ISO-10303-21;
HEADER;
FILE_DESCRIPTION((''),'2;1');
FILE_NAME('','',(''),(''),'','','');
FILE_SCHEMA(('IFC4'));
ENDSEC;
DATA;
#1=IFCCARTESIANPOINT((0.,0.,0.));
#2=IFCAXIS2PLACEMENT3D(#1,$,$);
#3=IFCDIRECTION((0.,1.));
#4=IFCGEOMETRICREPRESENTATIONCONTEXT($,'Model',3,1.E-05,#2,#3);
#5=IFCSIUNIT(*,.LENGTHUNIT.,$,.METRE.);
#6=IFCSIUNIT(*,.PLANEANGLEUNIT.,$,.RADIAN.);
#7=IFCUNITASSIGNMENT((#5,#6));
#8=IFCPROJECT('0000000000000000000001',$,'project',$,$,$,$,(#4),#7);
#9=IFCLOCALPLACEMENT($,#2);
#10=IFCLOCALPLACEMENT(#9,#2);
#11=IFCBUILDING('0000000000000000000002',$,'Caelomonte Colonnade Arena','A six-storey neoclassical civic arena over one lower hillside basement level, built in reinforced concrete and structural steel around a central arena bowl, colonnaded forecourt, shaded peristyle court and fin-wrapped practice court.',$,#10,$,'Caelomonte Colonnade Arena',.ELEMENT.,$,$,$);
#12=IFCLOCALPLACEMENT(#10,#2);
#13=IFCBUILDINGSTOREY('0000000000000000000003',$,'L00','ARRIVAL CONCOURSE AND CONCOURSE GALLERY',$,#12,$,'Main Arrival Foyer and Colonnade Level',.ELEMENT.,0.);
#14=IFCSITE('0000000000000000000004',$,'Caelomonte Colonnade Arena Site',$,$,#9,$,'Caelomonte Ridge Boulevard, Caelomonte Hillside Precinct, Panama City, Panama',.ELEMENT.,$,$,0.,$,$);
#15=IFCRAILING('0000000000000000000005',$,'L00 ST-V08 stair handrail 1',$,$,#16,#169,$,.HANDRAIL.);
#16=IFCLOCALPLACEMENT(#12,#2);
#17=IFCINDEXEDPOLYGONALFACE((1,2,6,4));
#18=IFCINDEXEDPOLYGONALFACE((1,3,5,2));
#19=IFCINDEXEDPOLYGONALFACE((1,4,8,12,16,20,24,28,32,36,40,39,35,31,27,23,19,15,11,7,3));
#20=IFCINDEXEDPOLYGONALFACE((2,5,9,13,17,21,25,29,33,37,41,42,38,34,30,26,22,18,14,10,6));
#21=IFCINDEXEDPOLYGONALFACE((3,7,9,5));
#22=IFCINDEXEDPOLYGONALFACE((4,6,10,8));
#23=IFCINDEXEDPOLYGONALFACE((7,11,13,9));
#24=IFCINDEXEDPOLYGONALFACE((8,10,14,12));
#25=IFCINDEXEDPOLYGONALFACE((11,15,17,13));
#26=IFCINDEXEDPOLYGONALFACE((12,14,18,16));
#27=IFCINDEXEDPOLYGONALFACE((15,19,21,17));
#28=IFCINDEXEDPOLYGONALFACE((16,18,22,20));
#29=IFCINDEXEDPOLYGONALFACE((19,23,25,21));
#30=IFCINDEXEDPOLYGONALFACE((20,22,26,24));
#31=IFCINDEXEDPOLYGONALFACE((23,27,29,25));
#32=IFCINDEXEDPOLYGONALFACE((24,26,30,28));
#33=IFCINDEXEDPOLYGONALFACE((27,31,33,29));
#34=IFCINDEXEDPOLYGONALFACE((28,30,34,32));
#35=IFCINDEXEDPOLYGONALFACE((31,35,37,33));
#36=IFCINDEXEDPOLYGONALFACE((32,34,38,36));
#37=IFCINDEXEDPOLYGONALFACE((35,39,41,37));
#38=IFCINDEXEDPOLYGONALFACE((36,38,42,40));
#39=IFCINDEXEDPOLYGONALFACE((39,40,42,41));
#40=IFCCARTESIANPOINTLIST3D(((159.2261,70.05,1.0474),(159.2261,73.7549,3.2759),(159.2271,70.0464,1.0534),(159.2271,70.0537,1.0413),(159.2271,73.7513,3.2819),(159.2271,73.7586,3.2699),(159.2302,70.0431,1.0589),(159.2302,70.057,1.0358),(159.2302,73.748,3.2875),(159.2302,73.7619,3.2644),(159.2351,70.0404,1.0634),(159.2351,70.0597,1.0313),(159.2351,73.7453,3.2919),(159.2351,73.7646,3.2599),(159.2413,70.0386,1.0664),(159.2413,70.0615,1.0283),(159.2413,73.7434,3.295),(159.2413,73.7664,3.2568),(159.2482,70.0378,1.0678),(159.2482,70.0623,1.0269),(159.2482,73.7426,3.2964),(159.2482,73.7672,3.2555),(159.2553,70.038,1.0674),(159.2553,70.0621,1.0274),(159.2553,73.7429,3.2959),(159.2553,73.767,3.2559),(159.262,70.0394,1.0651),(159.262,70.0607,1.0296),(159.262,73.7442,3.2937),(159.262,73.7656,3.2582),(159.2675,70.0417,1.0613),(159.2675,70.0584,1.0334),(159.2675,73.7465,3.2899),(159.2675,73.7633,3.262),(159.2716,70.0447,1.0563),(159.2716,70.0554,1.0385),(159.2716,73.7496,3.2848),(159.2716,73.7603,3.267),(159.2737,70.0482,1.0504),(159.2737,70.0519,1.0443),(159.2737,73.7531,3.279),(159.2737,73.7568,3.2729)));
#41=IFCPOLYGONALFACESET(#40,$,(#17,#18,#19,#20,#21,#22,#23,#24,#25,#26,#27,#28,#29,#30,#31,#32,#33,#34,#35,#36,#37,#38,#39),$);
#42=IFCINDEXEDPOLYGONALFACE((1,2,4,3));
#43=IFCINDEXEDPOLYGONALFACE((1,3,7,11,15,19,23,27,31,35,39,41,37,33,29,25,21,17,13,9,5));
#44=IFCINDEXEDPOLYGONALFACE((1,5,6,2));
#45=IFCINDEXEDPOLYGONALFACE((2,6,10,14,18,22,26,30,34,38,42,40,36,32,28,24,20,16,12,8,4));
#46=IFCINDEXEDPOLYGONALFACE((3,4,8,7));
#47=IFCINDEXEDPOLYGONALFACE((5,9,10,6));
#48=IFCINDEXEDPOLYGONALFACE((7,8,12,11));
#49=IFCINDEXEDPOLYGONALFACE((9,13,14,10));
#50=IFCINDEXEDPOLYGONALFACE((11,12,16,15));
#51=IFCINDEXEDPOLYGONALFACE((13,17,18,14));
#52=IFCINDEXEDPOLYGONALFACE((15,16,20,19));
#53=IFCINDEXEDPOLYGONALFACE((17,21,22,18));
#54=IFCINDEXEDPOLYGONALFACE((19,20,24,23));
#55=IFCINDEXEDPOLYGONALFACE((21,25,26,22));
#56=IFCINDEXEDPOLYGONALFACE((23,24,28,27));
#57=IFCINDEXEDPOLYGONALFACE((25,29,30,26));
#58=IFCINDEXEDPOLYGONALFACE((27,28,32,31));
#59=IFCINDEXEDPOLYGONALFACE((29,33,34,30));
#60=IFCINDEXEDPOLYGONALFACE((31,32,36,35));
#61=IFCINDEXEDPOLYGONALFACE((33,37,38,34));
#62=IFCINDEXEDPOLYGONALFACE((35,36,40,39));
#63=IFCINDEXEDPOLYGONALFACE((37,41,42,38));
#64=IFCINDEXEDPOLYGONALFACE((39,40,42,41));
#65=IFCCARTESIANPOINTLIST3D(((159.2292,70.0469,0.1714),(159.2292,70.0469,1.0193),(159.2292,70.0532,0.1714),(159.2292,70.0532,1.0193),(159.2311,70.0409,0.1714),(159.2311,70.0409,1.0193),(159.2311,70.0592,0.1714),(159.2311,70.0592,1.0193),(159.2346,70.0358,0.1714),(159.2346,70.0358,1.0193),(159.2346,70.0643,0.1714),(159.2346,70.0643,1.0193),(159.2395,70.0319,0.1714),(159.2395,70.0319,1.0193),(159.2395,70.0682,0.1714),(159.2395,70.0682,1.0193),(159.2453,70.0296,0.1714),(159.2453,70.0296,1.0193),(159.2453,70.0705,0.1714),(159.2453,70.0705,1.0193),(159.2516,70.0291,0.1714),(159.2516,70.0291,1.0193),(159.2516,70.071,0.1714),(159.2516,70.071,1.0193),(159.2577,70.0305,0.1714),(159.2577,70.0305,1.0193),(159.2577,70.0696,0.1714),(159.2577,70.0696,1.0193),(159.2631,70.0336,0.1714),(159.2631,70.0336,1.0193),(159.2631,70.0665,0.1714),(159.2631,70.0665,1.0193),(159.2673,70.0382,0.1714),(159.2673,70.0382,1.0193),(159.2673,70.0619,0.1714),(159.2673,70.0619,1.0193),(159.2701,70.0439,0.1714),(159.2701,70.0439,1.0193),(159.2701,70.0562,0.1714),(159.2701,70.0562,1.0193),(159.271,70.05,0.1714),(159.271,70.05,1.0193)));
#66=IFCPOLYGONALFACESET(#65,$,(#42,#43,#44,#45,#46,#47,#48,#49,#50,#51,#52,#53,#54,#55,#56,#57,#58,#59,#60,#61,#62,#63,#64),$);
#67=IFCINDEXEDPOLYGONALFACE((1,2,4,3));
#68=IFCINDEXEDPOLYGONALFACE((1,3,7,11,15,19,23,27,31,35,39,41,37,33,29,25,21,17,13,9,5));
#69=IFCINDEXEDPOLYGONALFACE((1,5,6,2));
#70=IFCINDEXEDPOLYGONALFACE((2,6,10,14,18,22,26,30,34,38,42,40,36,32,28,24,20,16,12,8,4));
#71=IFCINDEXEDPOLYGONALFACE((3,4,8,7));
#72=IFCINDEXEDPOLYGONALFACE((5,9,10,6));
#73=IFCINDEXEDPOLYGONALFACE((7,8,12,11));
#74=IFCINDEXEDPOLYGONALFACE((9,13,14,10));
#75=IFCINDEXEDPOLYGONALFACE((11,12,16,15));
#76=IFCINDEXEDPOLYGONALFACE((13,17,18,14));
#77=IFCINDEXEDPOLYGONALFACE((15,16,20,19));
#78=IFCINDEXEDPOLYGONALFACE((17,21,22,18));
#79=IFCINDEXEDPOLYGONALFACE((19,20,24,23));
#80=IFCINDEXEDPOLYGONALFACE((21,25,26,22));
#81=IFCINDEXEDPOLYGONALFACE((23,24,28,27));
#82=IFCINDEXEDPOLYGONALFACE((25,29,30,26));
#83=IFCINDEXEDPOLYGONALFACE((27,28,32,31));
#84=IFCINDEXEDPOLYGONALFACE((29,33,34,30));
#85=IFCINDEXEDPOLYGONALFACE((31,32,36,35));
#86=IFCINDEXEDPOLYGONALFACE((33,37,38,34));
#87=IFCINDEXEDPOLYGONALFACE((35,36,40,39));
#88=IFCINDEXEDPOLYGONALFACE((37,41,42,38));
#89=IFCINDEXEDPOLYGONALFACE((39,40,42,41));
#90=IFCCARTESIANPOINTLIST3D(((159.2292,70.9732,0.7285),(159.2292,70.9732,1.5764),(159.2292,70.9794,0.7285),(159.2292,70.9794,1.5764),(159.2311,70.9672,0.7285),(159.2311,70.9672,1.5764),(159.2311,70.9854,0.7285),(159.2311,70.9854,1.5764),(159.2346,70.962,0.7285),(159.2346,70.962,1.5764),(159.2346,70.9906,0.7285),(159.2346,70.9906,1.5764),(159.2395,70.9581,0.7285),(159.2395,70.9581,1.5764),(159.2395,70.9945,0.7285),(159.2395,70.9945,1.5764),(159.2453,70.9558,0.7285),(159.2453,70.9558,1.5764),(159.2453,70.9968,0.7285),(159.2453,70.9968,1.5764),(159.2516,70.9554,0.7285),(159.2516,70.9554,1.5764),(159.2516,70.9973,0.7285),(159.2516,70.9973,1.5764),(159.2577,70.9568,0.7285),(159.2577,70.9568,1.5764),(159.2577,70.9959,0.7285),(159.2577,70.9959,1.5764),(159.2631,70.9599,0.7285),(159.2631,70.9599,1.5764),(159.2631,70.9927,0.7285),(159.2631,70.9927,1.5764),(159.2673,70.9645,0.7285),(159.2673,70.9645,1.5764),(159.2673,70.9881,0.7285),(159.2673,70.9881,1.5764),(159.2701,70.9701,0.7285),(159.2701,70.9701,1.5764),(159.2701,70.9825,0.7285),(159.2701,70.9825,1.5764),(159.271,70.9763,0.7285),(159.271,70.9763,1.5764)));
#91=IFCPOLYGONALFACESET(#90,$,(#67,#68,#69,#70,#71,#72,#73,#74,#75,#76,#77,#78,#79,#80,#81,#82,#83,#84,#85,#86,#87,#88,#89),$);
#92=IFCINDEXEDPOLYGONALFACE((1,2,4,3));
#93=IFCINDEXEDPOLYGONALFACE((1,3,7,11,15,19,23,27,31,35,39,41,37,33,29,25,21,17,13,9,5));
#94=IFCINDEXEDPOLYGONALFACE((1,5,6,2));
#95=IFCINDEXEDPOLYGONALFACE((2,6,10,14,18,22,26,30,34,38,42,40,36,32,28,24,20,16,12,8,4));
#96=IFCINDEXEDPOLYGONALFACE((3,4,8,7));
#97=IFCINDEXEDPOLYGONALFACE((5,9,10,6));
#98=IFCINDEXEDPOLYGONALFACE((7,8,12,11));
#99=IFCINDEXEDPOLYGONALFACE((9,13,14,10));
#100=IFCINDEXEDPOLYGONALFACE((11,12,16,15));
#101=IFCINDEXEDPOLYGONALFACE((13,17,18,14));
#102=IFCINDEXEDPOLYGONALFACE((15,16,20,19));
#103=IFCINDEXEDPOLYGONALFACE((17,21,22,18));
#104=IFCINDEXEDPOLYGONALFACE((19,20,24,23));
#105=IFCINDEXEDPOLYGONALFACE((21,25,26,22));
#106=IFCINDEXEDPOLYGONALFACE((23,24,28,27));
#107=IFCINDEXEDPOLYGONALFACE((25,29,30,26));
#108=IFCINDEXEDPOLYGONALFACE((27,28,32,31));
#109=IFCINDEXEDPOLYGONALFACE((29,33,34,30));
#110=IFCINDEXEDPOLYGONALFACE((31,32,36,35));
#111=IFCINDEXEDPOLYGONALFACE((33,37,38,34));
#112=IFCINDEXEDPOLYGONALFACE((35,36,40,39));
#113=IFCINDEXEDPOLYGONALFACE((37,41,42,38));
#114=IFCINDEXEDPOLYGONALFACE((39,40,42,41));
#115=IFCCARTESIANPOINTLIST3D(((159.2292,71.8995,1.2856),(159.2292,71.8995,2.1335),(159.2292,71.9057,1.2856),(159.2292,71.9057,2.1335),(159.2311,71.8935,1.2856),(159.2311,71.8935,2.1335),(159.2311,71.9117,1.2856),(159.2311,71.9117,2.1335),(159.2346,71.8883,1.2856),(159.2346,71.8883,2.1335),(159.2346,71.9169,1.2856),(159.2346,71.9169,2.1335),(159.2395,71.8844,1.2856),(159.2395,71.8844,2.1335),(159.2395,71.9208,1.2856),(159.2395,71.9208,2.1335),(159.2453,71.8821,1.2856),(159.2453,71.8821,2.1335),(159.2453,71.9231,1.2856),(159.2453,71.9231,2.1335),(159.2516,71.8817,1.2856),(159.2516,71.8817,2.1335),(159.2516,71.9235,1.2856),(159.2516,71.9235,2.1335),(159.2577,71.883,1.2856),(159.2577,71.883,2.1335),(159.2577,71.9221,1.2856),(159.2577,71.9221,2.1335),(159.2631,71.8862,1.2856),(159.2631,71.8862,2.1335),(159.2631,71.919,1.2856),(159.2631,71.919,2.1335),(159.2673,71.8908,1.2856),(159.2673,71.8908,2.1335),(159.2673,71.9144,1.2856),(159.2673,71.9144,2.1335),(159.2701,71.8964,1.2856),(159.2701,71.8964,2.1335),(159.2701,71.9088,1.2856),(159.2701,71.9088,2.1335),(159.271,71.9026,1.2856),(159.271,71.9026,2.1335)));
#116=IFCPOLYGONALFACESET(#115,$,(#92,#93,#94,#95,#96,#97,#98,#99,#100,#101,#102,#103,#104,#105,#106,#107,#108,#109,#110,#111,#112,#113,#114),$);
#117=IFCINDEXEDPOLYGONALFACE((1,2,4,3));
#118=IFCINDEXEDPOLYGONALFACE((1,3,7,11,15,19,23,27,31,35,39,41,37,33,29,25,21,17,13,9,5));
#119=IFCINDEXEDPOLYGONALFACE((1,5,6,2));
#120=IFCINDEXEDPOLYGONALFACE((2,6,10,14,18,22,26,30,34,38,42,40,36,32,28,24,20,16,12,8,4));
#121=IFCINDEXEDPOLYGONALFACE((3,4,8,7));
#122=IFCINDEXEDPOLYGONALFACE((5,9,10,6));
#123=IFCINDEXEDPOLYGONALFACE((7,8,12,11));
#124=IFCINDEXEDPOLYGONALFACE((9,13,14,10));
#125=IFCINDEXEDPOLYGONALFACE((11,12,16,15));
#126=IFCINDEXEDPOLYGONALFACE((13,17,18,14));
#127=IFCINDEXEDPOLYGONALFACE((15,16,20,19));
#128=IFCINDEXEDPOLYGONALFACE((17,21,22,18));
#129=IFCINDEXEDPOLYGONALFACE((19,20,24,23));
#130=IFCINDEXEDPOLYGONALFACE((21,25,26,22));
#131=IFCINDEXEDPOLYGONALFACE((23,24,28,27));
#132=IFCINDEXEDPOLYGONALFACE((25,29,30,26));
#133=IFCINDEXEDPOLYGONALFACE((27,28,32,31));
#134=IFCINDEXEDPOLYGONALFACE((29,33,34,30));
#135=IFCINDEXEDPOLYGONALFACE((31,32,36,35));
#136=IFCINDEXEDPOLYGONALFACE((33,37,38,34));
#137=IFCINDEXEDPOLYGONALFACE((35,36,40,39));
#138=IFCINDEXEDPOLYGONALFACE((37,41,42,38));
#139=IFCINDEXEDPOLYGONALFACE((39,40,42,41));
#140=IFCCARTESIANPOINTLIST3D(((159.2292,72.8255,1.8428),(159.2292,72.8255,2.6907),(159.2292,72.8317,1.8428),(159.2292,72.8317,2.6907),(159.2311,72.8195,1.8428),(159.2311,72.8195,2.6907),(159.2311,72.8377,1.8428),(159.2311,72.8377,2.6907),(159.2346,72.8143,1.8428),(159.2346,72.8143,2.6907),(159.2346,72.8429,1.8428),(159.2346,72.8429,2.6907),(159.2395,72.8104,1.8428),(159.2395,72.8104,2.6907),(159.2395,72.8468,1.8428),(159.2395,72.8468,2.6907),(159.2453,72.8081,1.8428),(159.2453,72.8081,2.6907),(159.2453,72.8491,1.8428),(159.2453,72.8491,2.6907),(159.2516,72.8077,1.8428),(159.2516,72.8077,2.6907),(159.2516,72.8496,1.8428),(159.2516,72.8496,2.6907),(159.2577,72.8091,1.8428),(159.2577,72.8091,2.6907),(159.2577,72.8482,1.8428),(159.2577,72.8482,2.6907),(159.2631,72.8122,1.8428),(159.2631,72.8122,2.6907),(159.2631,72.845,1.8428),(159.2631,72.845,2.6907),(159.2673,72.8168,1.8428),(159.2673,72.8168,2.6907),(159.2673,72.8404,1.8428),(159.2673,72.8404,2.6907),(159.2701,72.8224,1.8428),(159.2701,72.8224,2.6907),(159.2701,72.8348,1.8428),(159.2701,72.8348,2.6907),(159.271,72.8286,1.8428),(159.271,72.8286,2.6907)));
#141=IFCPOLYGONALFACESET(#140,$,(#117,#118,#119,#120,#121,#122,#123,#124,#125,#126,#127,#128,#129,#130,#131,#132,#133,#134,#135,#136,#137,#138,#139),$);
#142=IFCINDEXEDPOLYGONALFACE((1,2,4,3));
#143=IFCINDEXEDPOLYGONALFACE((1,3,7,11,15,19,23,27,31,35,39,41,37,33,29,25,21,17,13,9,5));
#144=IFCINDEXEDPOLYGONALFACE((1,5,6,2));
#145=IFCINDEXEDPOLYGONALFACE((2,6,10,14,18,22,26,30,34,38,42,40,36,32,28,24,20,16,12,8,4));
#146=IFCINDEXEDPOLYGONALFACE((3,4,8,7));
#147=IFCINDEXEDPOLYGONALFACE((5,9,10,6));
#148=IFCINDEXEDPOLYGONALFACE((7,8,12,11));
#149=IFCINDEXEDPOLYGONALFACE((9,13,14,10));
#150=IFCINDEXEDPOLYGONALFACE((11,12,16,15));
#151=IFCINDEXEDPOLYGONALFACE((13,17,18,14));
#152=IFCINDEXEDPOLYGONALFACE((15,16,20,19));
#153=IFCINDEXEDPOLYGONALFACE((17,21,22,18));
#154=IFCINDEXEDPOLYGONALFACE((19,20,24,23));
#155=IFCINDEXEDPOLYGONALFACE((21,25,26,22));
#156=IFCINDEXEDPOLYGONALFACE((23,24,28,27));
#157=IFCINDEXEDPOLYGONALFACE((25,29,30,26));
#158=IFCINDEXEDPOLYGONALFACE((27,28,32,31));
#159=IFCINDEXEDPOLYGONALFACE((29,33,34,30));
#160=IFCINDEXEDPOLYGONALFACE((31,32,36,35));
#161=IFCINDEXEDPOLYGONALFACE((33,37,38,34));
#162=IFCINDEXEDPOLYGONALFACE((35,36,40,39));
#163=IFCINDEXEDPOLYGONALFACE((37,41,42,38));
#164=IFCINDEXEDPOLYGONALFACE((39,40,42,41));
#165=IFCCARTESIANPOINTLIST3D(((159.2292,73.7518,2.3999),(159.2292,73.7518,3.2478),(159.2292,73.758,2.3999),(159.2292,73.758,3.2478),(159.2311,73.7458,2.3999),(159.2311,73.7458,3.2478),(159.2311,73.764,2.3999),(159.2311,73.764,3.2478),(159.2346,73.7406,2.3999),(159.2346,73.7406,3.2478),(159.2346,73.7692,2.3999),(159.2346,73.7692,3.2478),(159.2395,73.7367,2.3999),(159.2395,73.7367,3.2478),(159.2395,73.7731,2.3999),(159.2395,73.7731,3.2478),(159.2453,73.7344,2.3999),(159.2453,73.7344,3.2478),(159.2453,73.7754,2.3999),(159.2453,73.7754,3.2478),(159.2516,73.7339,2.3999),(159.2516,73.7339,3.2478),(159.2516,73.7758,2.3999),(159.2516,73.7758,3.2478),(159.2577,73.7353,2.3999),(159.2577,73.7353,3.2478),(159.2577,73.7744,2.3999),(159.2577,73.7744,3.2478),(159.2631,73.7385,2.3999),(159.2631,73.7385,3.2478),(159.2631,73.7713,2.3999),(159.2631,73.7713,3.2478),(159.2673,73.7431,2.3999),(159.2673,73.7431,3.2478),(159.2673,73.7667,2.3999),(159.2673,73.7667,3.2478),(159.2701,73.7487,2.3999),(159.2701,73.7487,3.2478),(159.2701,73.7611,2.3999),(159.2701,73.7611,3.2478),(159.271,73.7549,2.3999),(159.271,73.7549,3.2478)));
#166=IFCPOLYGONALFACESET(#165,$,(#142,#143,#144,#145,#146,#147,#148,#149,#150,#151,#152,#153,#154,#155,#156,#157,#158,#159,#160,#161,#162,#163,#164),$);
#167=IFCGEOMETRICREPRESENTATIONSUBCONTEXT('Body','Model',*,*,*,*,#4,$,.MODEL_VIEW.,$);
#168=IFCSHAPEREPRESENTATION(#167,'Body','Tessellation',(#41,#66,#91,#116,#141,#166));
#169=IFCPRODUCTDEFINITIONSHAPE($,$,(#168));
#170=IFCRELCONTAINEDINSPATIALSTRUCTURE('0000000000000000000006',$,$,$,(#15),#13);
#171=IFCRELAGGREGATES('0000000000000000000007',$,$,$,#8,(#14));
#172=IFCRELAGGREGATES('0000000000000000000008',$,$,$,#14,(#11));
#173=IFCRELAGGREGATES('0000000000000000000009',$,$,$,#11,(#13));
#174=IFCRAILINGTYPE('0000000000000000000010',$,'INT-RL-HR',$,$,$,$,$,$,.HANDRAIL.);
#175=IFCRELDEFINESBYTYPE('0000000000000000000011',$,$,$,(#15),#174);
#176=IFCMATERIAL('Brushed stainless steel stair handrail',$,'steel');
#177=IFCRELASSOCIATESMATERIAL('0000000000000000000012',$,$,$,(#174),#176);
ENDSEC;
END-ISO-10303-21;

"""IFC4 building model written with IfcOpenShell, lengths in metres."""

from ifc_helpers import new_model, si_unit, direction, frame, origin, origin_2d, place, context, subcontext, project, spatial, circle, extrude, material, type_object, element, save


model = new_model("IFC4")

# Units and contexts
model_context = context("Model", 3, precision=1e-05, world=origin(), true_north=direction((0.0, 1.0)))
body_context = subcontext(model_context, "Body", "Model", "MODEL_VIEW")
ifc_project = project(units=[si_unit("LENGTHUNIT", "METRE"), si_unit("PLANEANGLEUNIT", "RADIAN")], contexts=[model_context])

# Site, building, storey
site_placement = place(None, origin())
site = spatial("IfcSite", under=ifc_project, at=site_placement, Name="Caelomonte Colonnade Arena Site", LongName="Caelomonte Ridge Boulevard, Caelomonte Hillside Precinct, Panama City, Panama", CompositionType="ELEMENT", RefElevation=0.0)
building_placement = place(site_placement, origin())
building = spatial("IfcBuilding", under=site, at=building_placement, Name="Caelomonte Colonnade Arena", Description="A six-storey neoclassical civic arena over one lower hillside basement level, built in reinforced concrete and structural steel around a central arena bowl, colonnaded forecourt, shaded peristyle court and fin-wrapped practice court.", LongName="Caelomonte Colonnade Arena", CompositionType="ELEMENT")
storey_placement = place(building_placement, origin())
storey = spatial("IfcBuildingStorey", under=building, at=storey_placement, Name="L00", Description="ARRIVAL CONCOURSE AND CONCOURSE GALLERY", LongName="Main Arrival Foyer and Colonnade Level", CompositionType="ELEMENT", Elevation=0.0)

# Railing
ifc_material_1 = material(Name="Brushed stainless steel stair handrail", Category="steel")
railing_type_1 = type_object("IfcRailingType", Name="INT-RL-HR", PredefinedType="HANDRAIL", material=ifc_material_1)
railing_1_placement = place(storey_placement, frame((159.25, 70.05, 0.1714)))
element("IfcRailing", 1, at=railing_1_placement, inside=storey, type_object=railing_type_1, Name="L00 ST-V08 stair handrail 1", PredefinedType="HANDRAIL", context=body_context, shape_type="SweptSolid", body=[
    extrude(circle(Radius=0.0239, at=origin_2d()), frame((0.0, 0.0, 0.876), z_axis=(0.0, 0.856919, 0.51545), x_axis=(-1.0, 0.0, 0.0)), (0.0, 0.0, 1.0), 4.3235),
    extrude(circle(Radius=0.021, at=origin_2d()), origin(), (0.0, 0.0, 1.0), 0.8479),
    extrude(circle(Radius=0.021, at=origin_2d()), frame((0.0, 0.9263, 0.5571)), (0.0, 0.0, 1.0), 0.8479),
    extrude(circle(Radius=0.021, at=origin_2d()), frame((0.0, 1.8525, 1.1143)), (0.0, 0.0, 1.0), 0.8479),
    extrude(circle(Radius=0.021, at=origin_2d()), frame((0.0, 2.7786, 1.6714)), (0.0, 0.0, 1.0), 0.8479),
    extrude(circle(Radius=0.021, at=origin_2d()), frame((0.0, 3.7048, 2.2285)), (0.0, 0.0, 1.0), 0.8479),
])

save(model, "model.ifc")
